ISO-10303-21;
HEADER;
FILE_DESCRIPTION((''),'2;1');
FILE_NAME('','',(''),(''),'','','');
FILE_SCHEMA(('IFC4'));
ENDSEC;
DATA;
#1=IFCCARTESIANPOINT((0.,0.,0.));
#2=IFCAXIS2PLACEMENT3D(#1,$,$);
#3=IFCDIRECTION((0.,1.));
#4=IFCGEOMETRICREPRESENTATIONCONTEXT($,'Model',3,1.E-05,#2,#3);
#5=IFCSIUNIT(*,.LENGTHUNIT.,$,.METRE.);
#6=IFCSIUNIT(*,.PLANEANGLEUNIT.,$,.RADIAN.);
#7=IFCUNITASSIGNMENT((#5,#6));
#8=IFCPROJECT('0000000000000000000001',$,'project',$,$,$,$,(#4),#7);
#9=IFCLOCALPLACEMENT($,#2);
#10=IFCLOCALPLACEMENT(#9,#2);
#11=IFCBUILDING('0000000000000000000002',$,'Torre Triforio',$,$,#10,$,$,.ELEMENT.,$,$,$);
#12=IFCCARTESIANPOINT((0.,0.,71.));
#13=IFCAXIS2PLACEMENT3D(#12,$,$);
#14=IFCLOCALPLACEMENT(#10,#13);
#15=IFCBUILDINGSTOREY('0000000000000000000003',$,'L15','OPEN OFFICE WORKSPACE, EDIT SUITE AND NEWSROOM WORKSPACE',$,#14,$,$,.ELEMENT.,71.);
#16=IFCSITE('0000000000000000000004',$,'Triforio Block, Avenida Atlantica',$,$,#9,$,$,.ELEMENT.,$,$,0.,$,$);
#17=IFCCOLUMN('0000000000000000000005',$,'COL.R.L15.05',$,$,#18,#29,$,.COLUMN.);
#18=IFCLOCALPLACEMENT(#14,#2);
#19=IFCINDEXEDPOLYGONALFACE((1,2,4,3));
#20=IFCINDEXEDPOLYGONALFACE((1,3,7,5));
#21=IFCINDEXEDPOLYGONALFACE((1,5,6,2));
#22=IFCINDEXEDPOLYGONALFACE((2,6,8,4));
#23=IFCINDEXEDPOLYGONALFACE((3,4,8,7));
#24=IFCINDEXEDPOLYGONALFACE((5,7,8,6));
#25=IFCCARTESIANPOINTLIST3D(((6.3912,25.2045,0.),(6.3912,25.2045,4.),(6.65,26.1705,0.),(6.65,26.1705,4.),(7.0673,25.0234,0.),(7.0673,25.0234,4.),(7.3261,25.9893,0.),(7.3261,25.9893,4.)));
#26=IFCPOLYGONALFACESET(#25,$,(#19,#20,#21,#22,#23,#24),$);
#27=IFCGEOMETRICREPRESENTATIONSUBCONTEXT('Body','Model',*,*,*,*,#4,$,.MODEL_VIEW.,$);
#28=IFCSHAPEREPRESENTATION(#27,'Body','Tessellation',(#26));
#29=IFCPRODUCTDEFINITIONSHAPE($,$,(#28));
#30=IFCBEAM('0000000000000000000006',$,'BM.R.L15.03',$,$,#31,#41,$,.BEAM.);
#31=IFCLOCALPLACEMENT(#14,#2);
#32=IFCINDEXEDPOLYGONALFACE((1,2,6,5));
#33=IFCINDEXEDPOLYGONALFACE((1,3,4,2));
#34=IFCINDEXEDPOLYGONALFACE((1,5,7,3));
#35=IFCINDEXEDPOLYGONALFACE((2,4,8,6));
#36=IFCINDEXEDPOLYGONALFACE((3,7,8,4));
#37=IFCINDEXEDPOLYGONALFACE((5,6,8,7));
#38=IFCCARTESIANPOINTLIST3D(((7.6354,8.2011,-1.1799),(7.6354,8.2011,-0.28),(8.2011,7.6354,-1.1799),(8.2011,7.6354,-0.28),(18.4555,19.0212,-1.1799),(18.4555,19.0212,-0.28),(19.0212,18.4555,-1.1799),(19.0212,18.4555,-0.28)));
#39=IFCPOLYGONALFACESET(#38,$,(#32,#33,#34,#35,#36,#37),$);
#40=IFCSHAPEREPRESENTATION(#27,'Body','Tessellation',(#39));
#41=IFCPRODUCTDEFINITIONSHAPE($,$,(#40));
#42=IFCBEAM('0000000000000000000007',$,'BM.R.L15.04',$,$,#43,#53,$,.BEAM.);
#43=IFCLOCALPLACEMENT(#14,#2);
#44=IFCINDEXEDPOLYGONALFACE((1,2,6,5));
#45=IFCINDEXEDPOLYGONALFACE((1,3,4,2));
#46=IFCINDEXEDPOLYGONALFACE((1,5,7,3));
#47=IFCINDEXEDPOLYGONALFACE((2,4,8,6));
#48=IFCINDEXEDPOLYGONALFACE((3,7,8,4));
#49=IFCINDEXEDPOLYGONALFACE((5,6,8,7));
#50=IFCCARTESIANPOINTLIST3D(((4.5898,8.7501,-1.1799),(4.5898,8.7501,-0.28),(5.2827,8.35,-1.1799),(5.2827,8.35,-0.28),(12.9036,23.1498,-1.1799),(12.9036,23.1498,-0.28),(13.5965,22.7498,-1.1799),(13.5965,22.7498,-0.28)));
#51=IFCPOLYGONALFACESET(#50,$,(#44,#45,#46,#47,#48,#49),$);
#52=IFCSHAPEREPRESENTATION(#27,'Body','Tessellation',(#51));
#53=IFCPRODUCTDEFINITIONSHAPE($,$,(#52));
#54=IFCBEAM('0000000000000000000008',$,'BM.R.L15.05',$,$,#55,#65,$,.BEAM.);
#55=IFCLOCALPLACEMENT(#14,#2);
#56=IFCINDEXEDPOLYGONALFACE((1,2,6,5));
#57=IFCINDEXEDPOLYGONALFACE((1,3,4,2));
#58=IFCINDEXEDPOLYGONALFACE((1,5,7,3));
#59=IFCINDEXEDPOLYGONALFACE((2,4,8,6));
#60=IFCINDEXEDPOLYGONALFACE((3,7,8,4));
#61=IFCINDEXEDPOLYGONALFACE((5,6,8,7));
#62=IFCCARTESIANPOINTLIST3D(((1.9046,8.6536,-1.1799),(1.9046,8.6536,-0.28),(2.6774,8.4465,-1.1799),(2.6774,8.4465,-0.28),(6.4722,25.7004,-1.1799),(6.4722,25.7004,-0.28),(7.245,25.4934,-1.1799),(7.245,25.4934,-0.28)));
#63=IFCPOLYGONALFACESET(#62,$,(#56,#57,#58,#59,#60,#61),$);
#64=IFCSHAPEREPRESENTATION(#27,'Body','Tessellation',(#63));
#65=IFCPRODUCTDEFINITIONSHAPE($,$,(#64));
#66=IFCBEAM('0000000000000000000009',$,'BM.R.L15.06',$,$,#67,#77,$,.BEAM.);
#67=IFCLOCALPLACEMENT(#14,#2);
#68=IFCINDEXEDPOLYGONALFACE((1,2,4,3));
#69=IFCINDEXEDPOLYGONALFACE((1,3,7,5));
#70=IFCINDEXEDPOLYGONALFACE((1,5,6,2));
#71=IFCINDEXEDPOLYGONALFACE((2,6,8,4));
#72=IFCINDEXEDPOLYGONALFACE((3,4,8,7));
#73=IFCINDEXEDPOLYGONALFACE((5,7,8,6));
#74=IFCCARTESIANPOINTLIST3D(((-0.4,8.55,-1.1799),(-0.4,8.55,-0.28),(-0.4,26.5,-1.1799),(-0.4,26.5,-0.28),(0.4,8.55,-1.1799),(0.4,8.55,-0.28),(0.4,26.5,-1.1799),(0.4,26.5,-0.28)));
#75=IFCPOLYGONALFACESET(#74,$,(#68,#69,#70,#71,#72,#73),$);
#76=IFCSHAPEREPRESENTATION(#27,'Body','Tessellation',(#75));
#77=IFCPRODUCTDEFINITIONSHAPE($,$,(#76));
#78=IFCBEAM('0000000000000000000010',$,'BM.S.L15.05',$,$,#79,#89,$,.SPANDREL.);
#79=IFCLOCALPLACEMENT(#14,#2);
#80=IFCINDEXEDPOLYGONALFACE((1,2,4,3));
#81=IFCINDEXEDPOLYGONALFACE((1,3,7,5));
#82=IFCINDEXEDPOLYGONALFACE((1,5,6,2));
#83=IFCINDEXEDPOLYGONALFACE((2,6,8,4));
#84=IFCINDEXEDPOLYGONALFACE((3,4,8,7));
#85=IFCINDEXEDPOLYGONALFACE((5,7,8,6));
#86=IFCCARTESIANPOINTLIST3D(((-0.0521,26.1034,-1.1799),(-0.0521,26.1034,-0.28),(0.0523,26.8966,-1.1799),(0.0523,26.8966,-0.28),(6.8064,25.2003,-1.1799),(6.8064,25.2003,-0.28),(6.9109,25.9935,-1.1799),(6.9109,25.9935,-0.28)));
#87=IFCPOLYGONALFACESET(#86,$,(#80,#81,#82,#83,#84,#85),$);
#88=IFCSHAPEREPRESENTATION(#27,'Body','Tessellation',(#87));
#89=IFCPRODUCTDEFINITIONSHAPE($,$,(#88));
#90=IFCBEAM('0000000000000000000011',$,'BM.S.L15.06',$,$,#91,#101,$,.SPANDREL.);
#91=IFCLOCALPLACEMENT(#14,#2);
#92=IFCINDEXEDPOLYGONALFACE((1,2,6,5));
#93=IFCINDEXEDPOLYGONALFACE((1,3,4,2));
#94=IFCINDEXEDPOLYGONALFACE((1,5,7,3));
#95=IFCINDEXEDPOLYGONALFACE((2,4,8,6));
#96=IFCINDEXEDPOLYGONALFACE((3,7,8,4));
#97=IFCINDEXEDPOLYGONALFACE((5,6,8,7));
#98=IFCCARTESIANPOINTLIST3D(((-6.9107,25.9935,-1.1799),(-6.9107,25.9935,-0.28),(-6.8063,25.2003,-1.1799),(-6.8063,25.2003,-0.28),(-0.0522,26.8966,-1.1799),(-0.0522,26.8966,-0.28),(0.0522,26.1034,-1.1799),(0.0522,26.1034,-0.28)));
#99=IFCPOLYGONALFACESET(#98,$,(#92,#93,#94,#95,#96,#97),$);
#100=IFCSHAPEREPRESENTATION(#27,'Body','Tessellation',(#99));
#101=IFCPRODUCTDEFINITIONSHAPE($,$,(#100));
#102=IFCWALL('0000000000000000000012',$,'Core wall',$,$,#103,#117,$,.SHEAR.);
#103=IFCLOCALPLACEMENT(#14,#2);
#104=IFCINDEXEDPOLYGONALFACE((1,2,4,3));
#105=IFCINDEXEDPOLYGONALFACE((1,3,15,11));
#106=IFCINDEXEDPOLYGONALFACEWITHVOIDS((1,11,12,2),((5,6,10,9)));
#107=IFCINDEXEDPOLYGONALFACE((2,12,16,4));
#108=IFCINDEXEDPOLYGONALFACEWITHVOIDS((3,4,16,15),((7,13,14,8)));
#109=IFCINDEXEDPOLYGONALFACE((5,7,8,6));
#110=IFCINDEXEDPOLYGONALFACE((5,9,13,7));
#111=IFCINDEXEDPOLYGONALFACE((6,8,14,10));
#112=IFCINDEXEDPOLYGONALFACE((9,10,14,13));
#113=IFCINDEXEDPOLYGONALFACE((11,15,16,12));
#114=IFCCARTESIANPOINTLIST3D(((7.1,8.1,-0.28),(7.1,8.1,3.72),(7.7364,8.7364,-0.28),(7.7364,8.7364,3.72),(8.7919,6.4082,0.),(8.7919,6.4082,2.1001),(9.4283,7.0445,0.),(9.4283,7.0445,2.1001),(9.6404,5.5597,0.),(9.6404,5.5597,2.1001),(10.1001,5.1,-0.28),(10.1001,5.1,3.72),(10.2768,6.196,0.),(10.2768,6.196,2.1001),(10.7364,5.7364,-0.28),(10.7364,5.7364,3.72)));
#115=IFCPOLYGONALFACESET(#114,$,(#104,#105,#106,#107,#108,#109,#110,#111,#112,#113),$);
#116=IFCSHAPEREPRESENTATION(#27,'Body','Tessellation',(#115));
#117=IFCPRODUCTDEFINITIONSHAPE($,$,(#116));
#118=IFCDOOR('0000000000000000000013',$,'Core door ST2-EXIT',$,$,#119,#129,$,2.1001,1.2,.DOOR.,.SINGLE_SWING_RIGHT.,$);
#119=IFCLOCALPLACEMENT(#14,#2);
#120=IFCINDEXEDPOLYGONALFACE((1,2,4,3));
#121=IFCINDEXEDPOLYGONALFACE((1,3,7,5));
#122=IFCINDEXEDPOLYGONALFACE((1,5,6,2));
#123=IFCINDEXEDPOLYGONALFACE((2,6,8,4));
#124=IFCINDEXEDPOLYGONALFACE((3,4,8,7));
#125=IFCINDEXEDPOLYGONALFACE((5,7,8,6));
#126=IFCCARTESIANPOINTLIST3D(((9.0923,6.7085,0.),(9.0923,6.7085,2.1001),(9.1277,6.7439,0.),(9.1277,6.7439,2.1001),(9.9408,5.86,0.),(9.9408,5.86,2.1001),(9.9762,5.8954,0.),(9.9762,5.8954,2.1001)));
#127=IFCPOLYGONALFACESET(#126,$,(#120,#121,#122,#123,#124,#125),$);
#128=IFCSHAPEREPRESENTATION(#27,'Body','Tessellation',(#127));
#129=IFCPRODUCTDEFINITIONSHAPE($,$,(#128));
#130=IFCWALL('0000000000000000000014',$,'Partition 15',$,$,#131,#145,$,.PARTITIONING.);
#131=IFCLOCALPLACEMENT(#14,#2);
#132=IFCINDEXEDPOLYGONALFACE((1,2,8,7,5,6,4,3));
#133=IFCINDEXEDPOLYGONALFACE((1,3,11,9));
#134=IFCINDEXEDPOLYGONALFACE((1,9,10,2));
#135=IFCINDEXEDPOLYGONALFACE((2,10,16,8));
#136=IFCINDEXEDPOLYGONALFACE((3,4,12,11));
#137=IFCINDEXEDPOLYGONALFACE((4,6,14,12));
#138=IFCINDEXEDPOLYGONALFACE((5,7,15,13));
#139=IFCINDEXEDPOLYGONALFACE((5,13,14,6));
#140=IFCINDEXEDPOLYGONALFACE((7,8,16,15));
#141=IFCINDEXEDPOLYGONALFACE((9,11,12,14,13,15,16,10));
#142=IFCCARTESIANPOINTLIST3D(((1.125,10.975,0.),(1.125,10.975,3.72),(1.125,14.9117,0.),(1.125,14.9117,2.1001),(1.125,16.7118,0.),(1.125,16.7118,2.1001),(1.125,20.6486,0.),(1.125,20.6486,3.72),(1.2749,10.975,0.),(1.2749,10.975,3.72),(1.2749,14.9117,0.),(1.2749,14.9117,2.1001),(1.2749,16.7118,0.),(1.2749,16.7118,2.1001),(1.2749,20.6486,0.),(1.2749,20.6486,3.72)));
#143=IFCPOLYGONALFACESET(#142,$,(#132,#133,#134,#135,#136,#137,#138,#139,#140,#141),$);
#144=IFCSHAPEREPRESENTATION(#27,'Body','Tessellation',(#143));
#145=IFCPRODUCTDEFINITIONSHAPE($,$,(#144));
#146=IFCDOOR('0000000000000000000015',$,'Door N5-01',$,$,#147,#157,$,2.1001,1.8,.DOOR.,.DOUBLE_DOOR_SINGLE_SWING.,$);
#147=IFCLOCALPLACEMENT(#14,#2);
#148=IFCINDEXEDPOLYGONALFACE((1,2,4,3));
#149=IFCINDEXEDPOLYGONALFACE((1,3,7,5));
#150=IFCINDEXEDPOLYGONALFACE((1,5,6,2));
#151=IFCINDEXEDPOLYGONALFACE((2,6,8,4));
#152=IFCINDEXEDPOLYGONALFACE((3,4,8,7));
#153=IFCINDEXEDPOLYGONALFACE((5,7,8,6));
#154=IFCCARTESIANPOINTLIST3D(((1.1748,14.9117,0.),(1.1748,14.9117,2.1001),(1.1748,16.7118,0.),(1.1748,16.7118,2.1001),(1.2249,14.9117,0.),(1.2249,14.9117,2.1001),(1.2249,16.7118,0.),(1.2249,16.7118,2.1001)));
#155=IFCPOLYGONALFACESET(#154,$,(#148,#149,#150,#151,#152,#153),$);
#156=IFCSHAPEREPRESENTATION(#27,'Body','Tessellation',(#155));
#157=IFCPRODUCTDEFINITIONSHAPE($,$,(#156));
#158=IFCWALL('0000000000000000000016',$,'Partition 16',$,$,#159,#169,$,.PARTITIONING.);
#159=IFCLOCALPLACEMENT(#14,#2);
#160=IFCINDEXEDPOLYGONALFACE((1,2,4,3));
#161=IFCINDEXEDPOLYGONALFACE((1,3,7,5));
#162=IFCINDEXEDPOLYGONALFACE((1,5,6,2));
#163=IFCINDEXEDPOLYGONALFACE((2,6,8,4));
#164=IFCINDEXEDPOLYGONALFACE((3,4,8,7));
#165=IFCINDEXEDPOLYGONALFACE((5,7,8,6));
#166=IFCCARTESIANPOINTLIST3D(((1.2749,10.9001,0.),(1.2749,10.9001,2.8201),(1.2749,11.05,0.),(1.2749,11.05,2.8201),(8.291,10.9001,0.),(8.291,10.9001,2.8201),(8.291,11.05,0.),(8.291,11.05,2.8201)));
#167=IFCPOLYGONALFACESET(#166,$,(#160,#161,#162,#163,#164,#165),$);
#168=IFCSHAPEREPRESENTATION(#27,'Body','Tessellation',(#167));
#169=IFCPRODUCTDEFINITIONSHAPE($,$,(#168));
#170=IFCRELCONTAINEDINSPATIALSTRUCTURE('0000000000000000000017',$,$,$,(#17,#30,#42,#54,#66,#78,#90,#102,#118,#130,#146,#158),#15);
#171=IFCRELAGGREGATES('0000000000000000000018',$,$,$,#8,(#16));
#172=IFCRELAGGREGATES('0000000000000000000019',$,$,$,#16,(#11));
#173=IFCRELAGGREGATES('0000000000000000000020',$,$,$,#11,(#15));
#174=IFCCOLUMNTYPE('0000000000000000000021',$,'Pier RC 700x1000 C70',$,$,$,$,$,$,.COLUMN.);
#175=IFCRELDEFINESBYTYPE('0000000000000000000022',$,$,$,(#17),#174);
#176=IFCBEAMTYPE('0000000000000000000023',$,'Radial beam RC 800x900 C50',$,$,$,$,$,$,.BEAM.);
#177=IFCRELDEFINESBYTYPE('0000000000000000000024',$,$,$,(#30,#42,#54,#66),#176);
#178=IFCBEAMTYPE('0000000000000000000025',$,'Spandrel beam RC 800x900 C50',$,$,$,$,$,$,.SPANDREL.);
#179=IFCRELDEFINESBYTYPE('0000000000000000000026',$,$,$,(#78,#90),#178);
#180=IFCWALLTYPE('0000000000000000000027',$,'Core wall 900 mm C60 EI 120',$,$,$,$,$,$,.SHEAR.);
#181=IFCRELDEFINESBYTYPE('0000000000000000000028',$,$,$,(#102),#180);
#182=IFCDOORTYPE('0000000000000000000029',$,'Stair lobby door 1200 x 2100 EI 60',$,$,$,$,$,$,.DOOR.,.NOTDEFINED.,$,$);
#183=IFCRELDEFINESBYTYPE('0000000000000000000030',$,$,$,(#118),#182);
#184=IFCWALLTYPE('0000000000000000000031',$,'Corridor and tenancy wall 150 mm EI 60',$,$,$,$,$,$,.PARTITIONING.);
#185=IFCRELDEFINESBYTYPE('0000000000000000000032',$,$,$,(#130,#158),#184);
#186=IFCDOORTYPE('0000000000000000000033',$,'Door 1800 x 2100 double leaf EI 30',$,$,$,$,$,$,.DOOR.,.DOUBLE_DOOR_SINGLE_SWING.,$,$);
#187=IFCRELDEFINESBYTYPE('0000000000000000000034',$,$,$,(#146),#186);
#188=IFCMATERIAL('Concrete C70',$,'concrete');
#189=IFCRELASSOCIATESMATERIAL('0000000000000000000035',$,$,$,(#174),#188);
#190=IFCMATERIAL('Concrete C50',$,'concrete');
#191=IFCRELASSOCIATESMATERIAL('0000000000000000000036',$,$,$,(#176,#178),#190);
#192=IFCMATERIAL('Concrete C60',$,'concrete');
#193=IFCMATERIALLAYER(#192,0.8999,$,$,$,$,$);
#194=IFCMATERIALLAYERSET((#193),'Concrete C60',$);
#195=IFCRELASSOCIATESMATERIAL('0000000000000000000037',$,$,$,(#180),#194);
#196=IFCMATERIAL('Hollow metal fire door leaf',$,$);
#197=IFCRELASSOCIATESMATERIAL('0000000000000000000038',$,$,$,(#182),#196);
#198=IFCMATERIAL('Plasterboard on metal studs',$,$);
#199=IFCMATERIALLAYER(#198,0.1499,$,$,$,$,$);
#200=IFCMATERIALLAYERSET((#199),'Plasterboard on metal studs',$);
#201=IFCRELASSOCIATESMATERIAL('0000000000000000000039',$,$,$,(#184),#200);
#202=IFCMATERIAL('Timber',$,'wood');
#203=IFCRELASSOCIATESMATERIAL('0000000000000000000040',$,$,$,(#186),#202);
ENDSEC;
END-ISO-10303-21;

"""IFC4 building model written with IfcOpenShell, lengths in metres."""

from ifc_helpers import new_model, si_unit, direction, frame, frame_2d, origin, origin_2d, place, context, subcontext, project, spatial, rectangle, extrude, material, layer, layer_set, material_profile, profile_set, type_object, element, fill, save


model = new_model("IFC4")

# Units and contexts
model_context = context("Model", 3, precision=1e-05, world=origin(), true_north=direction((0.0, 1.0)))
body_context = subcontext(model_context, "Body", "Model", "MODEL_VIEW")
ifc_project = project(units=[si_unit("LENGTHUNIT", "METRE"), si_unit("PLANEANGLEUNIT", "RADIAN")], contexts=[model_context])

# Site, building, storey
site_placement = place(None, origin())
site = spatial("IfcSite", under=ifc_project, at=site_placement, Name="Triforio Block, Avenida Atlantica", CompositionType="ELEMENT", RefElevation=0.0)
building_placement = place(site_placement, origin())
building = spatial("IfcBuilding", under=site, at=building_placement, Name="Torre Triforio", CompositionType="ELEMENT")
storey_placement = place(building_placement, frame((0.0, 0.0, 71.0)))
storey = spatial("IfcBuildingStorey", under=building, at=storey_placement, Name="L15", Description="OPEN OFFICE WORKSPACE, EDIT SUITE AND NEWSROOM WORKSPACE", CompositionType="ELEMENT", Elevation=71.0)

# Column
ifc_material_1 = material(Name="Concrete C70", Category="concrete")
ifc_material_profile_1 = material_profile(ifc_material_1, rectangle(XDim=0.7, YDim=1.0, at=origin_2d()), Name="RC 700x1000")
ifc_profile_set_1 = profile_set([ifc_material_profile_1], Name="Concrete C70")
column_type = type_object("IfcColumnType", Name="Pier RC 700x1000 C70", PredefinedType="COLUMN", material=ifc_profile_set_1)
column_placement = place(storey_placement, frame((6.8586, 25.5969, 0.0), z_axis=(0.0, 0.0, 1.0), x_axis=(-0.965926, 0.258819, 0.0)))
element("IfcColumn", 1, at=column_placement, inside=storey, type_object=column_type, Name="COL.R.L15.05", PredefinedType="COLUMN", context=body_context, shape_type="SweptSolid", body=[
    extrude(rectangle(XDim=0.7, YDim=1.0, at=origin_2d()), origin(), (0.0, 0.0, 1.0), 4.0),
])

# Beams
ifc_material_2 = material(Name="Concrete C50", Category="concrete")
ifc_material_profile_2 = material_profile(ifc_material_2, rectangle(XDim=0.8, YDim=0.8999, at=origin_2d()), Name="RC 800x900")
ifc_profile_set_2 = profile_set([ifc_material_profile_2], Name="Concrete C50")
beam_type_1 = type_object("IfcBeamType", Name="Radial beam RC 800x900 C50", PredefinedType="BEAM", material=ifc_profile_set_2)
beam_1_placement = place(storey_placement, frame((7.9182, 7.9182, -0.73), z_axis=(0.707107, 0.707107, 0.0), x_axis=(-0.707107, 0.707107, 0.0)))
element("IfcBeam", 2, at=beam_1_placement, inside=storey, type_object=beam_type_1, Name="BM.R.L15.03", PredefinedType="BEAM", context=body_context, shape_type="SweptSolid", body=[
    extrude(rectangle(XDim=0.8, YDim=0.8999, at=origin_2d()), origin(), (0.0, 0.0, 1.0), 15.302),
])
beam_2_placement = place(storey_placement, frame((4.9363, 8.55, -0.73), z_axis=(0.500003, 0.866023, 0.0), x_axis=(-0.866023, 0.500003, 0.0)))
element("IfcBeam", 3, at=beam_2_placement, inside=storey, type_object=beam_type_1, Name="BM.R.L15.04", PredefinedType="BEAM", context=body_context, shape_type="SweptSolid", body=[
    extrude(rectangle(XDim=0.8, YDim=0.8999, at=origin_2d()), origin(), (0.0, 0.0, 1.0), 16.6274),
])
beam_3_placement = place(storey_placement, frame((2.291, 8.55, -0.73), z_axis=(0.258815, 0.965927, 0.0), x_axis=(-0.965927, 0.258815, 0.0)))
element("IfcBeam", 4, at=beam_3_placement, inside=storey, type_object=beam_type_1, Name="BM.R.L15.05", PredefinedType="BEAM", context=body_context, shape_type="SweptSolid", body=[
    extrude(rectangle(XDim=0.8, YDim=0.8999, at=origin_2d()), origin(), (0.0, 0.0, 1.0), 17.6482),
])
beam_4_placement = place(storey_placement, frame((0.0, 8.55, -0.73), z_axis=(0.0, 1.0, 0.0), x_axis=(-1.0, 0.0, 0.0)))
element("IfcBeam", 5, at=beam_4_placement, inside=storey, type_object=beam_type_1, Name="BM.R.L15.06", PredefinedType="BEAM", context=body_context, shape_type="SweptSolid", body=[
    extrude(rectangle(XDim=0.8, YDim=0.8999, at=origin_2d()), origin(), (0.0, 0.0, 1.0), 17.95),
])
ifc_material_profile_3 = material_profile(ifc_material_2, rectangle(XDim=0.8, YDim=0.8999, at=origin_2d()), Name="RC 800x900")
ifc_profile_set_3 = profile_set([ifc_material_profile_3], Name="Concrete C50")
beam_type_2 = type_object("IfcBeamType", Name="Spandrel beam RC 800x900 C50", PredefinedType="SPANDREL", material=ifc_profile_set_3)
for number, where, z_axis, x_axis, name in (
    (6, (6.8586, 25.5969, -0.73), (-0.991443, 0.130543, 0.0), (-0.130543, -0.991443, 0.0), "BM.S.L15.05"),
    (7, (0.0, 26.5, -0.73), (-0.991443, -0.130543, 0.0), (0.130543, -0.991443, 0.0), "BM.S.L15.06"),
):
    element("IfcBeam", number, at=place(storey_placement, frame(where, z_axis=z_axis, x_axis=x_axis)), inside=storey, type_object=beam_type_2, Name=name, PredefinedType="SPANDREL", context=body_context, shape_type="SweptSolid", body=[
        extrude(rectangle(XDim=0.8, YDim=0.8999, at=origin_2d()), origin(), (0.0, 0.0, 1.0), 6.9177),
    ])

# Walls, openings, doors
ifc_material_3 = material(Name="Concrete C60", Category="concrete")
ifc_layer_1 = layer(ifc_material_3, 0.8999)
ifc_layer_set_1 = layer_set([ifc_layer_1], Name="Concrete C60")
wall_type_1 = type_object("IfcWallType", Name="Core wall 900 mm C60 EI 120", PredefinedType="SHEAR", material=ifc_layer_set_1)
wall_1_placement = place(storey_placement, frame((7.4182, 8.4182, -0.28), z_axis=(0.0, 0.0, 1.0), x_axis=(0.707107, -0.707107, 0.0)))
wall_1 = element("IfcWall", 8, at=wall_1_placement, inside=storey, type_object=wall_type_1, Name="Core wall", PredefinedType="SHEAR", context=body_context, shape_type="SweptSolid", body=[
    extrude(rectangle(XDim=4.2427, YDim=0.8999, at=frame_2d((2.1213, 0.0))), origin(), (0.0, 0.0, 1.0), 4.0),
])
opening_1_placement = place(wall_1_placement, frame((2.3926, 0.0, 0.28)))
opening_1 = element("IfcOpeningElement", 9, at=opening_1_placement, cuts=wall_1, PredefinedType="OPENING", context=body_context, shape_type="SweptSolid", body=[
    extrude(rectangle(XDim=1.2, YDim=2.1001, at=frame_2d((0.6001, 1.05))), frame((0.0, 0.46, 0.0), z_axis=(0.0, -1.0, 0.0), x_axis=(1.0, 0.0, 0.0)), (0.0, 0.0, 1.0), 0.9199),
])
ifc_material_4 = material(Name="Hollow metal fire door leaf")
door_type_1 = type_object("IfcDoorType", Name="Stair lobby door 1200 x 2100 EI 60", OperationType="NOTDEFINED", PredefinedType="DOOR", material=ifc_material_4)
door_1_placement = place(opening_1_placement, origin())
door_1 = element("IfcDoor", 10, at=door_1_placement, inside=storey, type_object=door_type_1, Name="Core door ST2-EXIT", OperationType="SINGLE_SWING_RIGHT", OverallHeight=2.1001, OverallWidth=1.2, PredefinedType="DOOR", context=body_context, shape_type="SweptSolid", body=[
    extrude(rectangle(XDim=1.2, YDim=2.1001, at=frame_2d((0.6001, 1.05))), frame((0.0, 0.0249, 0.0), z_axis=(0.0, -1.0, 0.0), x_axis=(1.0, 0.0, 0.0)), (0.0, 0.0, 1.0), 0.05),
])
fill(opening_1, door_1)
ifc_material_5 = material(Name="Plasterboard on metal studs")
ifc_layer_2 = layer(ifc_material_5, 0.1499)
ifc_layer_set_2 = layer_set([ifc_layer_2], Name="Plasterboard on metal studs")
wall_type_2 = type_object("IfcWallType", Name="Corridor and tenancy wall 150 mm EI 60", PredefinedType="PARTITIONING", material=ifc_layer_set_2)
wall_2_placement = place(storey_placement, frame((1.2, 20.6487, 0.0), z_axis=(0.0, 0.0, 1.0), x_axis=(0.0, -1.0, 0.0)))
wall_2 = element("IfcWall", 11, at=wall_2_placement, inside=storey, type_object=wall_type_2, Name="Partition 15", PredefinedType="PARTITIONING", context=body_context, shape_type="SweptSolid", body=[
    extrude(rectangle(XDim=9.6736, YDim=0.1499, at=frame_2d((4.8369, 0.0))), origin(), (0.0, 0.0, 1.0), 3.72),
])
opening_2_placement = place(wall_2_placement, frame((3.937, 0.0, 0.0)))
opening_2 = element("IfcOpeningElement", 12, at=opening_2_placement, cuts=wall_2, PredefinedType="OPENING", context=body_context, shape_type="SweptSolid", body=[
    extrude(rectangle(XDim=1.8, YDim=2.1001, at=frame_2d((0.8999, 1.05))), frame((0.0, 0.085, 0.0), z_axis=(0.0, -1.0, 0.0), x_axis=(1.0, 0.0, 0.0)), (0.0, 0.0, 1.0), 0.1699),
])
ifc_material_6 = material(Name="Timber", Category="wood")
door_type_2 = type_object("IfcDoorType", Name="Door 1800 x 2100 double leaf EI 30", OperationType="DOUBLE_DOOR_SINGLE_SWING", PredefinedType="DOOR", material=ifc_material_6)
door_2_placement = place(opening_2_placement, origin())
door_2 = element("IfcDoor", 13, at=door_2_placement, inside=storey, type_object=door_type_2, Name="Door N5-01", OperationType="DOUBLE_DOOR_SINGLE_SWING", OverallHeight=2.1001, OverallWidth=1.8, PredefinedType="DOOR", context=body_context, shape_type="SweptSolid", body=[
    extrude(rectangle(XDim=1.8, YDim=2.1001, at=frame_2d((0.8999, 1.05))), frame((0.0, 0.0249, 0.0), z_axis=(0.0, -1.0, 0.0), x_axis=(1.0, 0.0, 0.0)), (0.0, 0.0, 1.0), 0.05),
])
fill(opening_2, door_2)

# Wall
wall_3_placement = place(storey_placement, frame((1.2749, 10.9751, 0.0), z_axis=(0.0, 0.0, 1.0), x_axis=(1.0, 0.0, 0.0)))
element("IfcWall", 14, at=wall_3_placement, inside=storey, type_object=wall_type_2, Name="Partition 16", PredefinedType="PARTITIONING", context=body_context, shape_type="SweptSolid", body=[
    extrude(rectangle(XDim=7.0161, YDim=0.1499, at=frame_2d((3.5081, 0.0))), origin(), (0.0, 0.0, 1.0), 2.8201),
])

save(model, "model.ifc")
